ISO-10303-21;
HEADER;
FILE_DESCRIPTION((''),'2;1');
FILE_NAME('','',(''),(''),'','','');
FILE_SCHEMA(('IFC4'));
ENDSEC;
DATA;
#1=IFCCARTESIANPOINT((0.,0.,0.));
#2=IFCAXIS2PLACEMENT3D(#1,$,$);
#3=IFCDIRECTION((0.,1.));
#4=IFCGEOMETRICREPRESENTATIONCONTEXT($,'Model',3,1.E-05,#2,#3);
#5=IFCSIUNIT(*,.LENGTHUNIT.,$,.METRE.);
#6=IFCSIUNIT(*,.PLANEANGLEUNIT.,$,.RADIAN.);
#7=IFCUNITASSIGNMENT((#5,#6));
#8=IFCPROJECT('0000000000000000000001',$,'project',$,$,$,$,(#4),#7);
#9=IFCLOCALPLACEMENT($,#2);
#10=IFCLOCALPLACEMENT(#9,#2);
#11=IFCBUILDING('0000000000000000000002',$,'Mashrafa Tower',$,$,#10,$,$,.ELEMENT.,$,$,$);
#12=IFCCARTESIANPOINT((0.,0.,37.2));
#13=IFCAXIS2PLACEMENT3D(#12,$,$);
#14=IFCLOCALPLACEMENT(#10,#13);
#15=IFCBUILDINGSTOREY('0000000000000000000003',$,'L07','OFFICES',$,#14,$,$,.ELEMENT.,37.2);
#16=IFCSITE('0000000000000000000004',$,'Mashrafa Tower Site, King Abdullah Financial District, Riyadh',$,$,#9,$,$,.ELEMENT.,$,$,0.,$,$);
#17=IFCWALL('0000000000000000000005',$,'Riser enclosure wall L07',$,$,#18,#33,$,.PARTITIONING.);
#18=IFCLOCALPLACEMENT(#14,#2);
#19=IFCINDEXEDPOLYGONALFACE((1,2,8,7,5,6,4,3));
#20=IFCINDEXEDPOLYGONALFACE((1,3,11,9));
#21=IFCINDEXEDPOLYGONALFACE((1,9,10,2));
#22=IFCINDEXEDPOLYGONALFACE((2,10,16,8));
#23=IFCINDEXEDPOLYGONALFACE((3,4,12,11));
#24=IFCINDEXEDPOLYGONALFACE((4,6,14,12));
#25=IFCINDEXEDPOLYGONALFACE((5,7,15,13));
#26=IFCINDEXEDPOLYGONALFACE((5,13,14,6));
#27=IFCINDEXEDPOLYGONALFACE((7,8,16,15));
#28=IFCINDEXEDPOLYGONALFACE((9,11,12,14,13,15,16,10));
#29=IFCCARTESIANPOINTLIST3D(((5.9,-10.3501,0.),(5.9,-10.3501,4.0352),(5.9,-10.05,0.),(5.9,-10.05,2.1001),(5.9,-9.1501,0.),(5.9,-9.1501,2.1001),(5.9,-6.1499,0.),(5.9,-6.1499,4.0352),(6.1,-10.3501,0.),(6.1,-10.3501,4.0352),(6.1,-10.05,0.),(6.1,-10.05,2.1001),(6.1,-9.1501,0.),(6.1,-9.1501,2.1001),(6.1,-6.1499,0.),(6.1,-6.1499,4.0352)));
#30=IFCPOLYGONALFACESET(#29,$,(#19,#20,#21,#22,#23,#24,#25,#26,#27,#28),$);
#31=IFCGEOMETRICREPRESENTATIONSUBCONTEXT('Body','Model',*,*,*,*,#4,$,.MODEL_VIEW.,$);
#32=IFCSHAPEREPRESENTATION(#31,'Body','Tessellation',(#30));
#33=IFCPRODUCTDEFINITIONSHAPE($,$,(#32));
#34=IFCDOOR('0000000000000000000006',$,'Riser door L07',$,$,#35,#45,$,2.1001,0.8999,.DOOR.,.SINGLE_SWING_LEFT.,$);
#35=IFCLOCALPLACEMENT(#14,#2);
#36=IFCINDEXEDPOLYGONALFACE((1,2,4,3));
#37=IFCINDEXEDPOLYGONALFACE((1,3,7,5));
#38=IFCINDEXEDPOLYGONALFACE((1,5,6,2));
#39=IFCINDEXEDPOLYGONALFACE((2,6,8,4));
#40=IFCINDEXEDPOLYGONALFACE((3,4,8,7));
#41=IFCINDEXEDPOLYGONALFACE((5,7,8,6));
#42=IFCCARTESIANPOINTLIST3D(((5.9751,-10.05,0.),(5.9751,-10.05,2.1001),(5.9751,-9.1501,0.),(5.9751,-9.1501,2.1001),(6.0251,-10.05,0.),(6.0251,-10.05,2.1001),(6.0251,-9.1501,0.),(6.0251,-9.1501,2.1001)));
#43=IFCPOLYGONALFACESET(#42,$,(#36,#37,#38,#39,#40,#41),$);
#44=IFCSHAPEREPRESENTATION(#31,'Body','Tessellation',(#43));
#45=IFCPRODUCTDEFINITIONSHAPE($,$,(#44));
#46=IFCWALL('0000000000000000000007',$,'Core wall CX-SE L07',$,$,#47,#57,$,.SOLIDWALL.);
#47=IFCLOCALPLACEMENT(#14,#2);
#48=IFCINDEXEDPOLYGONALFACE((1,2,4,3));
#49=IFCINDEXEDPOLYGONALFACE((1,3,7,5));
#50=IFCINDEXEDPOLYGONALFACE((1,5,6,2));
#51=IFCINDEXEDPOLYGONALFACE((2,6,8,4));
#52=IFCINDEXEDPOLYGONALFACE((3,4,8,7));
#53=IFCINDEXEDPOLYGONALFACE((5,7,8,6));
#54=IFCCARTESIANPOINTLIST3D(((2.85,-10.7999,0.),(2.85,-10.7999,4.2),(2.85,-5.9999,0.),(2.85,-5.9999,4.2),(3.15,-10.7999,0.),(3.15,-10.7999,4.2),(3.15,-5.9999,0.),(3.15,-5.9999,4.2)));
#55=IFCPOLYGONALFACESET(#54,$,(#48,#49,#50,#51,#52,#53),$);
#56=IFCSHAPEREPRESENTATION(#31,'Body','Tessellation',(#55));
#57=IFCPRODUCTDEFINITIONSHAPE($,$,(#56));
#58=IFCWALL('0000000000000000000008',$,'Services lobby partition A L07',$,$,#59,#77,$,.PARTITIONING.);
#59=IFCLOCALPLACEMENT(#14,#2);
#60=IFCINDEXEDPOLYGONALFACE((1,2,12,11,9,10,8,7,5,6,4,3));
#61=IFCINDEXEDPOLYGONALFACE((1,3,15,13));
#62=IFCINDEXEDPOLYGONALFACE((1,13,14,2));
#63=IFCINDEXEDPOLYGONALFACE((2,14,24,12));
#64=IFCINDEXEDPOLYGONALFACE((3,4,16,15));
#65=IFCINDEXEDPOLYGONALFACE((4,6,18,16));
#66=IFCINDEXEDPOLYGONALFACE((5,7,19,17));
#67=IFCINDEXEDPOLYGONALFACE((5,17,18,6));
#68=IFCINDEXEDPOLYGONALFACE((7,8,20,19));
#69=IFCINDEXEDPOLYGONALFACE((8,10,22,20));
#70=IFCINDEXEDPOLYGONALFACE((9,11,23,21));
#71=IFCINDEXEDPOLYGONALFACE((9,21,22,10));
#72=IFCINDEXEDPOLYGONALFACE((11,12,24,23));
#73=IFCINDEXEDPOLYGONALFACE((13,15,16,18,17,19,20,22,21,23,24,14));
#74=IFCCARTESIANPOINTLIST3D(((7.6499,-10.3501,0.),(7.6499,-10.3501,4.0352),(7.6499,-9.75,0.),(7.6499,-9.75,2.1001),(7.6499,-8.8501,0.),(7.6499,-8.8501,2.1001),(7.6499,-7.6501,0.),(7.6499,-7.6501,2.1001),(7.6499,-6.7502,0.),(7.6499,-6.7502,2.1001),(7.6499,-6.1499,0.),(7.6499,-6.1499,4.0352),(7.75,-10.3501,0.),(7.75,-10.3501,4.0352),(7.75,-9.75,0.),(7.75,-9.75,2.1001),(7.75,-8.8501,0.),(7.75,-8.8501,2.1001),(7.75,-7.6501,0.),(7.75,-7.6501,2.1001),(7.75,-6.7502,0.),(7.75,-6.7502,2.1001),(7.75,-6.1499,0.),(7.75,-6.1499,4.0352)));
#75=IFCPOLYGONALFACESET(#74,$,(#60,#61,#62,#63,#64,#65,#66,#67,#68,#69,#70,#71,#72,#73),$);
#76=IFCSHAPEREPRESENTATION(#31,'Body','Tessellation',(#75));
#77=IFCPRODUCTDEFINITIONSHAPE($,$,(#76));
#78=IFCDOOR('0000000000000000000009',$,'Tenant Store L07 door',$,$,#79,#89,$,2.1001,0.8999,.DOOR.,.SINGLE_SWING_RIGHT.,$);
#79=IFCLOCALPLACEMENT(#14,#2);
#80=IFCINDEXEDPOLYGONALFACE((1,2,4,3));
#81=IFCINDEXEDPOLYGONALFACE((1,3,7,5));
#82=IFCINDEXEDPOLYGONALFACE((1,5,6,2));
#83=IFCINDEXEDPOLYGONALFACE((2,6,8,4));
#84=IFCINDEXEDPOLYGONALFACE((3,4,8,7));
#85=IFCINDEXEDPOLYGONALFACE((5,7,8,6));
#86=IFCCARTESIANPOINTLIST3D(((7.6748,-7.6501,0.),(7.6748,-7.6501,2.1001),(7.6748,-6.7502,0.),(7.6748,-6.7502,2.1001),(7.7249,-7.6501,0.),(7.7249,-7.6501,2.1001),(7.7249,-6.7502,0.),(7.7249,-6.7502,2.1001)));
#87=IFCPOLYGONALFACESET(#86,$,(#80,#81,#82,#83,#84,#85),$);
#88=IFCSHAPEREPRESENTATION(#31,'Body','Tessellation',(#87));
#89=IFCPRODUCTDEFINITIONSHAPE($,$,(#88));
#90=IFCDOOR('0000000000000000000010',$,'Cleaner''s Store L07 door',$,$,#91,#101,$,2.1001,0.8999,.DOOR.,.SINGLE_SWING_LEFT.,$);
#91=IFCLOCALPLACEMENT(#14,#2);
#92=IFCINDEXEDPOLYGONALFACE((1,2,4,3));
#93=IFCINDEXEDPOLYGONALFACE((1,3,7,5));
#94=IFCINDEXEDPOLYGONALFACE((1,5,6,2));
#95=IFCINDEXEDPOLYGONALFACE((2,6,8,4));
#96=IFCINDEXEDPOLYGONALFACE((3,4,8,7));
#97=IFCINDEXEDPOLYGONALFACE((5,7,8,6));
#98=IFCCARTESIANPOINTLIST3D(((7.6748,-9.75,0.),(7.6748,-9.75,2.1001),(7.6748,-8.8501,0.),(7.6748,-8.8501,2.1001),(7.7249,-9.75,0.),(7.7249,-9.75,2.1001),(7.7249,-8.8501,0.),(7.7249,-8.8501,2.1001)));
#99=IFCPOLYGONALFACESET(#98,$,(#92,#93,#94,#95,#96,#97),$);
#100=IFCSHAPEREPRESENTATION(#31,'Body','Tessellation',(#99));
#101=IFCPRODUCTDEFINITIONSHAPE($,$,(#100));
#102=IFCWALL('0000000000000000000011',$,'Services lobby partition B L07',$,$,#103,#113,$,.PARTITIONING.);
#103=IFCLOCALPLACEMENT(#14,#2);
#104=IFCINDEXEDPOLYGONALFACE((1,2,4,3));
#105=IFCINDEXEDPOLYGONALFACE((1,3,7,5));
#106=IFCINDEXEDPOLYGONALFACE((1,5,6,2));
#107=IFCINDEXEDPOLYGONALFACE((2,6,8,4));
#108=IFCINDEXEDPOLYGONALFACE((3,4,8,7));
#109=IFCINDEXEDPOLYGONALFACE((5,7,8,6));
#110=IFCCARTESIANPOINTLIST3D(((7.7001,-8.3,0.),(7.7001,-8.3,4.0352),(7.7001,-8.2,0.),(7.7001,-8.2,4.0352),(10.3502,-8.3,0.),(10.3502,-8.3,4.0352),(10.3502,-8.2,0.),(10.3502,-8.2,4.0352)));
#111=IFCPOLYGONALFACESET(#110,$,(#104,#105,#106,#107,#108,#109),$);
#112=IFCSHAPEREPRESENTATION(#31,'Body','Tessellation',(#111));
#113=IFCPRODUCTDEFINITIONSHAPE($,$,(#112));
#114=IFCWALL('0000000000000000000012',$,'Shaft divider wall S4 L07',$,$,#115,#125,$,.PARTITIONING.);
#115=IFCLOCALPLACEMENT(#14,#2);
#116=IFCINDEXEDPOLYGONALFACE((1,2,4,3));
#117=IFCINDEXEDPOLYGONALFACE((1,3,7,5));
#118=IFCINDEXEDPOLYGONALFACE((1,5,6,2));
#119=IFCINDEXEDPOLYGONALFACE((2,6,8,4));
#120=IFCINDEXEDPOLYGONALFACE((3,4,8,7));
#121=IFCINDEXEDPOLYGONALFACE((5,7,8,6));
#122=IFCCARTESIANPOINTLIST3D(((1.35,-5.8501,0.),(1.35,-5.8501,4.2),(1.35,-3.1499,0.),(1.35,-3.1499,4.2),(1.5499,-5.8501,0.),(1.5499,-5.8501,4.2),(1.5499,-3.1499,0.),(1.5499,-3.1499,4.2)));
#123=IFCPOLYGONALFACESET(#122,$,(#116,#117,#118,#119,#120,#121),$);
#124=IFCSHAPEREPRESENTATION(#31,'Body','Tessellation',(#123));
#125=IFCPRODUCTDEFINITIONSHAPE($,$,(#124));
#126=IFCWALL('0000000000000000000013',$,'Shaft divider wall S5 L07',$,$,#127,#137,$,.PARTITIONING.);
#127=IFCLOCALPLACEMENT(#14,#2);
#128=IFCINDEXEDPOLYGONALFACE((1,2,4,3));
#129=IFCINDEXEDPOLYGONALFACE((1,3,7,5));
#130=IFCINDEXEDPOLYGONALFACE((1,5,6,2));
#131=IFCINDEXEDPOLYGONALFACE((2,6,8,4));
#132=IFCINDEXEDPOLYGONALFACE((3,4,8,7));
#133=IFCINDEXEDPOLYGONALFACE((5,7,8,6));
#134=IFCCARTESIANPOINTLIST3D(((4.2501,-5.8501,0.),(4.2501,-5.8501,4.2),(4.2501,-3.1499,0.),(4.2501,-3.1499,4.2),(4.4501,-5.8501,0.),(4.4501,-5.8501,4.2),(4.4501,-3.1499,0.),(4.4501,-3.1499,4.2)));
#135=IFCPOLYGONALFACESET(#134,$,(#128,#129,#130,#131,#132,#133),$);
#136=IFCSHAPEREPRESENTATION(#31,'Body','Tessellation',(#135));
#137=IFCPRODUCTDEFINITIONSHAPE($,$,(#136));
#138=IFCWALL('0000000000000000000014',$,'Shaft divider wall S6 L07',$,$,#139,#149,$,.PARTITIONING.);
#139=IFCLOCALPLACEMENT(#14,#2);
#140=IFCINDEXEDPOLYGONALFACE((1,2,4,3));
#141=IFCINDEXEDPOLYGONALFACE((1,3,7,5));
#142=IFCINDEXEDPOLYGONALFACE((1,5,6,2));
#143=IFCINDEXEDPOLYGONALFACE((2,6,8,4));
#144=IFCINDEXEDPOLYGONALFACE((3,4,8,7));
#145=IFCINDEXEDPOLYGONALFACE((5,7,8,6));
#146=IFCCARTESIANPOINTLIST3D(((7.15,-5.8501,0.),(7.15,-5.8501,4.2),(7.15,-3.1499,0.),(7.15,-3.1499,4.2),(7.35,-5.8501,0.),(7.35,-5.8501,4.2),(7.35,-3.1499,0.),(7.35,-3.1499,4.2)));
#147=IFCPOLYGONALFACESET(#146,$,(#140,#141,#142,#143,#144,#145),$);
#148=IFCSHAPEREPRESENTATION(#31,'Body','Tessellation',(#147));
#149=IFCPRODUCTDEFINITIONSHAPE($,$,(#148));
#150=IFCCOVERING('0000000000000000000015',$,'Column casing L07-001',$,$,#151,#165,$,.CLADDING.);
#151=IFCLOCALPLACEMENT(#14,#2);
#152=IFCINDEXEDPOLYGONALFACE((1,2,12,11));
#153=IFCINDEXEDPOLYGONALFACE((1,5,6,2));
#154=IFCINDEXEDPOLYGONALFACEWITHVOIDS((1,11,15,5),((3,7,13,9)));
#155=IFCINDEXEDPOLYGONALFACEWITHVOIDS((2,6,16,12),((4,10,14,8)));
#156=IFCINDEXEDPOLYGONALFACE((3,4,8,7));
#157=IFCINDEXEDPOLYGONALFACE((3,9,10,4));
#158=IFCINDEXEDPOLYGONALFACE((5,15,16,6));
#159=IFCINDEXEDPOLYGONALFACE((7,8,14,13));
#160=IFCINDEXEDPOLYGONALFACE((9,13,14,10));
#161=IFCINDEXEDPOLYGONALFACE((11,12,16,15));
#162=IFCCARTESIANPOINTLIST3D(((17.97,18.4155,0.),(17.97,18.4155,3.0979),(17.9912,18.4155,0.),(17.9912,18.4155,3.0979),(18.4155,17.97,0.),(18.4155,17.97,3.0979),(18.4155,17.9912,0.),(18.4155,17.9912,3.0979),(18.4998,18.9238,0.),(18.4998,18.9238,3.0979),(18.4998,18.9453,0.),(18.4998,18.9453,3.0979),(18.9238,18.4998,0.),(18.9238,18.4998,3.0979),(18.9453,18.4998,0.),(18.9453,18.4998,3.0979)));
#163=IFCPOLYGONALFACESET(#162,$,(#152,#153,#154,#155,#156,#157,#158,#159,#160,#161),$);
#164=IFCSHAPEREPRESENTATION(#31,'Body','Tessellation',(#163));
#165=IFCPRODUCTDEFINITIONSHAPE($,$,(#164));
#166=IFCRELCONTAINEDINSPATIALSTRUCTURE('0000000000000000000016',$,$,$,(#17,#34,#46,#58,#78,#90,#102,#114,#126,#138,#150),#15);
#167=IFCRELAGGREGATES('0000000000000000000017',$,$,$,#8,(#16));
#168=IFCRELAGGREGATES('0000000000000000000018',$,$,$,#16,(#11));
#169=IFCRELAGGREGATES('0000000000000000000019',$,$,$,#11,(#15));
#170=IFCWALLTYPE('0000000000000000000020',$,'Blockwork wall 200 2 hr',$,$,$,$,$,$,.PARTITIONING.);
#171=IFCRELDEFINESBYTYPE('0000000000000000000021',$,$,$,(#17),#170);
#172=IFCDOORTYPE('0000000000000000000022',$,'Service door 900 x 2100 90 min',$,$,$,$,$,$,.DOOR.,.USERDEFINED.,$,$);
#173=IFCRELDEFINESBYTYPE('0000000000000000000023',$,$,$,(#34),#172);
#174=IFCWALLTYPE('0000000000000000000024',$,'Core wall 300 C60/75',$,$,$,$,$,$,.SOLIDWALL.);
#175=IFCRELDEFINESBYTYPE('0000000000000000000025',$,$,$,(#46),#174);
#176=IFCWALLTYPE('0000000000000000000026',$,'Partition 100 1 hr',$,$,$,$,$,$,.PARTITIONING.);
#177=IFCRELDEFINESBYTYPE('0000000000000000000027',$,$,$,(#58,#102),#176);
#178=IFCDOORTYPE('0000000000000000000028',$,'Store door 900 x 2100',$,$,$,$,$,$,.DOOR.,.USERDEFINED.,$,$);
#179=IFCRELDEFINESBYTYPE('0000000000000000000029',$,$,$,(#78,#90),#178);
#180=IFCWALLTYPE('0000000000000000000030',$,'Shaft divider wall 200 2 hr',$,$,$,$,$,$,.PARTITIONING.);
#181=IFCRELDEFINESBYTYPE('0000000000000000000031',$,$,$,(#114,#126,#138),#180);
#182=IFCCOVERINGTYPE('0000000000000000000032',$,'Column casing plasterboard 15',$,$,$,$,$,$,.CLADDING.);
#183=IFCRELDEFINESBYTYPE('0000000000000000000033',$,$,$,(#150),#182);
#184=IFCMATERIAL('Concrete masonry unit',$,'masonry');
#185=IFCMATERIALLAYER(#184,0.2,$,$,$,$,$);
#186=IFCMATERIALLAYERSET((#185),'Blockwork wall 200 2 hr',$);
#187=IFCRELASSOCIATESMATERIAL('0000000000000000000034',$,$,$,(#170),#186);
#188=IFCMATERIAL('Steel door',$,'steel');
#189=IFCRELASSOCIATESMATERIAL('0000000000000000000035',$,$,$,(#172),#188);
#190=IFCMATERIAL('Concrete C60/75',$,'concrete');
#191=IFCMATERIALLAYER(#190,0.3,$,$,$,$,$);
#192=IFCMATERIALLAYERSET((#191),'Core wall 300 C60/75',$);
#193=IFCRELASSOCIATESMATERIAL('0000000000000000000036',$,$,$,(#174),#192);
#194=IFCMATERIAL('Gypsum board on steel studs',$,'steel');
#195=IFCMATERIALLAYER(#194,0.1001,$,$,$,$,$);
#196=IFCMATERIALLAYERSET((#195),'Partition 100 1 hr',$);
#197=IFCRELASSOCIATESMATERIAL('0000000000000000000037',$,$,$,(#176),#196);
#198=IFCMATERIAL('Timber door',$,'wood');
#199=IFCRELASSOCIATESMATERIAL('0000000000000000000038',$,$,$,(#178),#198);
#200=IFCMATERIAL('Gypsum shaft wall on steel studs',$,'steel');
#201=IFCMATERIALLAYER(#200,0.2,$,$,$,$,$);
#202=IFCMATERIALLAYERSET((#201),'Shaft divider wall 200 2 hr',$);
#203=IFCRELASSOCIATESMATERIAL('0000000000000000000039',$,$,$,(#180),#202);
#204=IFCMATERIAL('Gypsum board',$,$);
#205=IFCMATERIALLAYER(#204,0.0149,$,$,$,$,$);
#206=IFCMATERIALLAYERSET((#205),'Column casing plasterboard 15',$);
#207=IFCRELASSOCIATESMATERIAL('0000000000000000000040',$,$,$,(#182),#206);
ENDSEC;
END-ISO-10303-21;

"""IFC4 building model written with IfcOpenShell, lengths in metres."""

from ifc_helpers import new_model, si_unit, direction, frame, frame_2d, origin, place, context, subcontext, project, spatial, polyline, rectangle, outline, extrude, material, layer, layer_set, type_object, element, fill, save


model = new_model("IFC4")

# Units and contexts
model_context = context("Model", 3, precision=1e-05, world=origin(), true_north=direction((0.0, 1.0)))
body_context = subcontext(model_context, "Body", "Model", "MODEL_VIEW")
ifc_project = project(units=[si_unit("LENGTHUNIT", "METRE"), si_unit("PLANEANGLEUNIT", "RADIAN")], contexts=[model_context])

# Site, building, storey
site_placement = place(None, origin())
site = spatial("IfcSite", under=ifc_project, at=site_placement, Name="Mashrafa Tower Site, King Abdullah Financial District, Riyadh", CompositionType="ELEMENT", RefElevation=0.0)
building_placement = place(site_placement, origin())
building = spatial("IfcBuilding", under=site, at=building_placement, Name="Mashrafa Tower", CompositionType="ELEMENT")
storey_placement = place(building_placement, frame((0.0, 0.0, 37.2)))
storey = spatial("IfcBuildingStorey", under=building, at=storey_placement, Name="L07", Description="OFFICES", CompositionType="ELEMENT", Elevation=37.2)

# Wall, opening, door
ifc_material_1 = material(Name="Concrete masonry unit", Category="masonry")
ifc_layer_1 = layer(ifc_material_1, 0.2)
ifc_layer_set_1 = layer_set([ifc_layer_1], Name="Blockwork wall 200 2 hr")
wall_type_1 = type_object("IfcWallType", Name="Blockwork wall 200 2 hr", PredefinedType="PARTITIONING", material=ifc_layer_set_1)
wall_1_placement = place(storey_placement, frame((6.0, -10.3501, 0.0), z_axis=(0.0, 0.0, 1.0), x_axis=(0.0, 1.0, 0.0)))
wall_1 = element("IfcWall", 1, at=wall_1_placement, inside=storey, type_object=wall_type_1, Name="Riser enclosure wall L07", PredefinedType="PARTITIONING", context=body_context, shape_type="SweptSolid", body=[
    extrude(rectangle(XDim=4.2002, YDim=0.2, at=frame_2d((2.1001, 0.0))), origin(), (0.0, 0.0, 1.0), 4.0352),
])
opening_1_placement = place(wall_1_placement, frame((0.3, 0.0, 0.0)))
opening_1 = element("IfcOpeningElement", 2, at=opening_1_placement, cuts=wall_1, PredefinedType="OPENING", context=body_context, shape_type="SweptSolid", body=[
    extrude(rectangle(XDim=0.8999, YDim=2.1001, at=frame_2d((0.45, 1.05))), frame((0.0, 0.1099, 0.0), z_axis=(0.0, -1.0, 0.0), x_axis=(1.0, 0.0, 0.0)), (0.0, 0.0, 1.0), 0.22),
])
ifc_material_2 = material(Name="Steel door", Category="steel")
door_type_1 = type_object("IfcDoorType", Name="Service door 900 x 2100 90 min", OperationType="USERDEFINED", PredefinedType="DOOR", material=ifc_material_2)
door_1_placement = place(opening_1_placement, origin())
door_1 = element("IfcDoor", 3, at=door_1_placement, inside=storey, type_object=door_type_1, Name="Riser door L07", OperationType="SINGLE_SWING_LEFT", OverallHeight=2.1001, OverallWidth=0.8999, PredefinedType="DOOR", context=body_context, shape_type="SweptSolid", body=[
    extrude(rectangle(XDim=0.8999, YDim=2.1001, at=frame_2d((0.45, 1.05))), frame((0.0, 0.0249, 0.0), z_axis=(0.0, -1.0, 0.0), x_axis=(1.0, 0.0, 0.0)), (0.0, 0.0, 1.0), 0.05),
])
fill(opening_1, door_1)

# Wall
ifc_material_3 = material(Name="Concrete C60/75", Category="concrete")
ifc_layer_2 = layer(ifc_material_3, 0.3)
ifc_layer_set_2 = layer_set([ifc_layer_2], Name="Core wall 300 C60/75")
wall_type_2 = type_object("IfcWallType", Name="Core wall 300 C60/75", PredefinedType="SOLIDWALL", material=ifc_layer_set_2)
wall_2_placement = place(storey_placement, frame((3.0, -6.0, 0.0), z_axis=(0.0, 0.0, 1.0), x_axis=(0.0, -1.0, 0.0)))
element("IfcWall", 4, at=wall_2_placement, inside=storey, type_object=wall_type_2, Name="Core wall CX-SE L07", PredefinedType="SOLIDWALL", context=body_context, shape_type="SweptSolid", body=[
    extrude(rectangle(XDim=4.8, YDim=0.3, at=frame_2d((2.3999, 0.0))), origin(), (0.0, 0.0, 1.0), 4.2),
])

# Wall, openings, doors
ifc_material_4 = material(Name="Gypsum board on steel studs", Category="steel")
ifc_layer_3 = layer(ifc_material_4, 0.1001)
ifc_layer_set_3 = layer_set([ifc_layer_3], Name="Partition 100 1 hr")
wall_type_3 = type_object("IfcWallType", Name="Partition 100 1 hr", PredefinedType="PARTITIONING", material=ifc_layer_set_3)
wall_3_placement = place(storey_placement, frame((7.7, -10.3501, 0.0), z_axis=(0.0, 0.0, 1.0), x_axis=(0.0, 1.0, 0.0)))
wall_3 = element("IfcWall", 5, at=wall_3_placement, inside=storey, type_object=wall_type_3, Name="Services lobby partition A L07", PredefinedType="PARTITIONING", context=body_context, shape_type="SweptSolid", body=[
    extrude(rectangle(XDim=4.2002, YDim=0.1001, at=frame_2d((2.1001, 0.0))), origin(), (0.0, 0.0, 1.0), 4.0352),
])
opening_2_placement = place(wall_3_placement, frame((2.7, 0.0, 0.0)))
opening_2 = element("IfcOpeningElement", 6, at=opening_2_placement, cuts=wall_3, PredefinedType="OPENING", context=body_context, shape_type="SweptSolid", body=[
    extrude(rectangle(XDim=0.8999, YDim=2.1001, at=frame_2d((0.45, 1.05))), frame((0.0, 0.0601, 0.0), z_axis=(0.0, -1.0, 0.0), x_axis=(1.0, 0.0, 0.0)), (0.0, 0.0, 1.0), 0.1201),
])
opening_3_placement = place(wall_3_placement, frame((0.6001, 0.0, 0.0)))
opening_3 = element("IfcOpeningElement", 7, at=opening_3_placement, cuts=wall_3, PredefinedType="OPENING", context=body_context, shape_type="SweptSolid", body=[
    extrude(rectangle(XDim=0.8999, YDim=2.1001, at=frame_2d((0.45, 1.05))), frame((0.0, 0.0601, 0.0), z_axis=(0.0, -1.0, 0.0), x_axis=(1.0, 0.0, 0.0)), (0.0, 0.0, 1.0), 0.1201),
])
ifc_material_5 = material(Name="Timber door", Category="wood")
door_type_2 = type_object("IfcDoorType", Name="Store door 900 x 2100", OperationType="USERDEFINED", PredefinedType="DOOR", material=ifc_material_5)
door_2_placement = place(opening_2_placement, frame((0.8999, 0.0, 0.0), z_axis=(0.0, 0.0, 1.0), x_axis=(-1.0, 0.0, 0.0)))
door_2 = element("IfcDoor", 8, at=door_2_placement, inside=storey, type_object=door_type_2, Name="Tenant Store L07 door", OperationType="SINGLE_SWING_RIGHT", OverallHeight=2.1001, OverallWidth=0.8999, PredefinedType="DOOR", context=body_context, shape_type="SweptSolid", body=[
    extrude(rectangle(XDim=0.8999, YDim=2.1001, at=frame_2d((0.45, 1.05))), frame((0.0, 0.0249, 0.0), z_axis=(0.0, -1.0, 0.0), x_axis=(1.0, 0.0, 0.0)), (0.0, 0.0, 1.0), 0.05),
])
fill(opening_2, door_2)
door_3_placement = place(opening_3_placement, frame((0.8999, 0.0, 0.0), z_axis=(0.0, 0.0, 1.0), x_axis=(-1.0, 0.0, 0.0)))
door_3 = element("IfcDoor", 9, at=door_3_placement, inside=storey, type_object=door_type_2, Name="Cleaner's Store L07 door", OperationType="SINGLE_SWING_LEFT", OverallHeight=2.1001, OverallWidth=0.8999, PredefinedType="DOOR", context=body_context, shape_type="SweptSolid", body=[
    extrude(rectangle(XDim=0.8999, YDim=2.1001, at=frame_2d((0.45, 1.05))), frame((0.0, 0.0249, 0.0), z_axis=(0.0, -1.0, 0.0), x_axis=(1.0, 0.0, 0.0)), (0.0, 0.0, 1.0), 0.05),
])
fill(opening_3, door_3)

# Walls
wall_4_placement = place(storey_placement, frame((7.7, -8.25, 0.0), z_axis=(0.0, 0.0, 1.0), x_axis=(1.0, 0.0, 0.0)))
element("IfcWall", 10, at=wall_4_placement, inside=storey, type_object=wall_type_3, Name="Services lobby partition B L07", PredefinedType="PARTITIONING", context=body_context, shape_type="SweptSolid", body=[
    extrude(rectangle(XDim=2.6501, YDim=0.1001, at=frame_2d((1.3252, 0.0))), origin(), (0.0, 0.0, 1.0), 4.0352),
])
ifc_material_6 = material(Name="Gypsum shaft wall on steel studs", Category="steel")
ifc_layer_4 = layer(ifc_material_6, 0.2)
ifc_layer_set_4 = layer_set([ifc_layer_4], Name="Shaft divider wall 200 2 hr")
wall_type_4 = type_object("IfcWallType", Name="Shaft divider wall 200 2 hr", PredefinedType="PARTITIONING", material=ifc_layer_set_4)
for number, where, z_axis, x_axis, name in (
    (11, (1.45, -5.8501, 0.0), (0.0, 0.0, 1.0), (0.0, 1.0, 0.0), "Shaft divider wall S4 L07"),
    (12, (4.3501, -5.8501, 0.0), (0.0, 0.0, 1.0), (0.0, 1.0, 0.0), "Shaft divider wall S5 L07"),
    (13, (7.25, -5.8501, 0.0), (0.0, 0.0, 1.0), (0.0, 1.0, 0.0), "Shaft divider wall S6 L07"),
):
    element("IfcWall", number, at=place(storey_placement, frame(where, z_axis=z_axis, x_axis=x_axis)), inside=storey, type_object=wall_type_4, Name=name, PredefinedType="PARTITIONING", context=body_context, shape_type="SweptSolid", body=[
        extrude(rectangle(XDim=2.7002, YDim=0.2, at=frame_2d((1.3501, 0.0))), origin(), (0.0, 0.0, 1.0), 4.2),
    ])

# Covering
ifc_material_7 = material(Name="Gypsum board")
ifc_layer_5 = layer(ifc_material_7, 0.0149)
ifc_layer_set_5 = layer_set([ifc_layer_5], Name="Column casing plasterboard 15")
covering_type_1 = type_object("IfcCoveringType", Name="Column casing plasterboard 15", PredefinedType="CLADDING", material=ifc_layer_set_5)
covering_1_placement = place(storey_placement, origin())
element("IfcCovering", 14, at=covering_1_placement, inside=storey, type_object=covering_type_1, Name="Column casing L07-001", PredefinedType="CLADDING", context=body_context, shape_type="SweptSolid", body=[
    extrude(outline(polyline([(17.97, 18.4155), (18.4998, 18.9453), (18.9453, 18.4998), (18.4155, 17.97), (17.97, 18.4155)]), holes=[polyline([(18.9238, 18.4998), (18.4998, 18.9238), (17.9912, 18.4155), (18.4155, 17.9912), (18.9238, 18.4998)])]), origin(), (0.0, 0.0, 1.0), 3.0979),
])

save(model, "model.ifc")
